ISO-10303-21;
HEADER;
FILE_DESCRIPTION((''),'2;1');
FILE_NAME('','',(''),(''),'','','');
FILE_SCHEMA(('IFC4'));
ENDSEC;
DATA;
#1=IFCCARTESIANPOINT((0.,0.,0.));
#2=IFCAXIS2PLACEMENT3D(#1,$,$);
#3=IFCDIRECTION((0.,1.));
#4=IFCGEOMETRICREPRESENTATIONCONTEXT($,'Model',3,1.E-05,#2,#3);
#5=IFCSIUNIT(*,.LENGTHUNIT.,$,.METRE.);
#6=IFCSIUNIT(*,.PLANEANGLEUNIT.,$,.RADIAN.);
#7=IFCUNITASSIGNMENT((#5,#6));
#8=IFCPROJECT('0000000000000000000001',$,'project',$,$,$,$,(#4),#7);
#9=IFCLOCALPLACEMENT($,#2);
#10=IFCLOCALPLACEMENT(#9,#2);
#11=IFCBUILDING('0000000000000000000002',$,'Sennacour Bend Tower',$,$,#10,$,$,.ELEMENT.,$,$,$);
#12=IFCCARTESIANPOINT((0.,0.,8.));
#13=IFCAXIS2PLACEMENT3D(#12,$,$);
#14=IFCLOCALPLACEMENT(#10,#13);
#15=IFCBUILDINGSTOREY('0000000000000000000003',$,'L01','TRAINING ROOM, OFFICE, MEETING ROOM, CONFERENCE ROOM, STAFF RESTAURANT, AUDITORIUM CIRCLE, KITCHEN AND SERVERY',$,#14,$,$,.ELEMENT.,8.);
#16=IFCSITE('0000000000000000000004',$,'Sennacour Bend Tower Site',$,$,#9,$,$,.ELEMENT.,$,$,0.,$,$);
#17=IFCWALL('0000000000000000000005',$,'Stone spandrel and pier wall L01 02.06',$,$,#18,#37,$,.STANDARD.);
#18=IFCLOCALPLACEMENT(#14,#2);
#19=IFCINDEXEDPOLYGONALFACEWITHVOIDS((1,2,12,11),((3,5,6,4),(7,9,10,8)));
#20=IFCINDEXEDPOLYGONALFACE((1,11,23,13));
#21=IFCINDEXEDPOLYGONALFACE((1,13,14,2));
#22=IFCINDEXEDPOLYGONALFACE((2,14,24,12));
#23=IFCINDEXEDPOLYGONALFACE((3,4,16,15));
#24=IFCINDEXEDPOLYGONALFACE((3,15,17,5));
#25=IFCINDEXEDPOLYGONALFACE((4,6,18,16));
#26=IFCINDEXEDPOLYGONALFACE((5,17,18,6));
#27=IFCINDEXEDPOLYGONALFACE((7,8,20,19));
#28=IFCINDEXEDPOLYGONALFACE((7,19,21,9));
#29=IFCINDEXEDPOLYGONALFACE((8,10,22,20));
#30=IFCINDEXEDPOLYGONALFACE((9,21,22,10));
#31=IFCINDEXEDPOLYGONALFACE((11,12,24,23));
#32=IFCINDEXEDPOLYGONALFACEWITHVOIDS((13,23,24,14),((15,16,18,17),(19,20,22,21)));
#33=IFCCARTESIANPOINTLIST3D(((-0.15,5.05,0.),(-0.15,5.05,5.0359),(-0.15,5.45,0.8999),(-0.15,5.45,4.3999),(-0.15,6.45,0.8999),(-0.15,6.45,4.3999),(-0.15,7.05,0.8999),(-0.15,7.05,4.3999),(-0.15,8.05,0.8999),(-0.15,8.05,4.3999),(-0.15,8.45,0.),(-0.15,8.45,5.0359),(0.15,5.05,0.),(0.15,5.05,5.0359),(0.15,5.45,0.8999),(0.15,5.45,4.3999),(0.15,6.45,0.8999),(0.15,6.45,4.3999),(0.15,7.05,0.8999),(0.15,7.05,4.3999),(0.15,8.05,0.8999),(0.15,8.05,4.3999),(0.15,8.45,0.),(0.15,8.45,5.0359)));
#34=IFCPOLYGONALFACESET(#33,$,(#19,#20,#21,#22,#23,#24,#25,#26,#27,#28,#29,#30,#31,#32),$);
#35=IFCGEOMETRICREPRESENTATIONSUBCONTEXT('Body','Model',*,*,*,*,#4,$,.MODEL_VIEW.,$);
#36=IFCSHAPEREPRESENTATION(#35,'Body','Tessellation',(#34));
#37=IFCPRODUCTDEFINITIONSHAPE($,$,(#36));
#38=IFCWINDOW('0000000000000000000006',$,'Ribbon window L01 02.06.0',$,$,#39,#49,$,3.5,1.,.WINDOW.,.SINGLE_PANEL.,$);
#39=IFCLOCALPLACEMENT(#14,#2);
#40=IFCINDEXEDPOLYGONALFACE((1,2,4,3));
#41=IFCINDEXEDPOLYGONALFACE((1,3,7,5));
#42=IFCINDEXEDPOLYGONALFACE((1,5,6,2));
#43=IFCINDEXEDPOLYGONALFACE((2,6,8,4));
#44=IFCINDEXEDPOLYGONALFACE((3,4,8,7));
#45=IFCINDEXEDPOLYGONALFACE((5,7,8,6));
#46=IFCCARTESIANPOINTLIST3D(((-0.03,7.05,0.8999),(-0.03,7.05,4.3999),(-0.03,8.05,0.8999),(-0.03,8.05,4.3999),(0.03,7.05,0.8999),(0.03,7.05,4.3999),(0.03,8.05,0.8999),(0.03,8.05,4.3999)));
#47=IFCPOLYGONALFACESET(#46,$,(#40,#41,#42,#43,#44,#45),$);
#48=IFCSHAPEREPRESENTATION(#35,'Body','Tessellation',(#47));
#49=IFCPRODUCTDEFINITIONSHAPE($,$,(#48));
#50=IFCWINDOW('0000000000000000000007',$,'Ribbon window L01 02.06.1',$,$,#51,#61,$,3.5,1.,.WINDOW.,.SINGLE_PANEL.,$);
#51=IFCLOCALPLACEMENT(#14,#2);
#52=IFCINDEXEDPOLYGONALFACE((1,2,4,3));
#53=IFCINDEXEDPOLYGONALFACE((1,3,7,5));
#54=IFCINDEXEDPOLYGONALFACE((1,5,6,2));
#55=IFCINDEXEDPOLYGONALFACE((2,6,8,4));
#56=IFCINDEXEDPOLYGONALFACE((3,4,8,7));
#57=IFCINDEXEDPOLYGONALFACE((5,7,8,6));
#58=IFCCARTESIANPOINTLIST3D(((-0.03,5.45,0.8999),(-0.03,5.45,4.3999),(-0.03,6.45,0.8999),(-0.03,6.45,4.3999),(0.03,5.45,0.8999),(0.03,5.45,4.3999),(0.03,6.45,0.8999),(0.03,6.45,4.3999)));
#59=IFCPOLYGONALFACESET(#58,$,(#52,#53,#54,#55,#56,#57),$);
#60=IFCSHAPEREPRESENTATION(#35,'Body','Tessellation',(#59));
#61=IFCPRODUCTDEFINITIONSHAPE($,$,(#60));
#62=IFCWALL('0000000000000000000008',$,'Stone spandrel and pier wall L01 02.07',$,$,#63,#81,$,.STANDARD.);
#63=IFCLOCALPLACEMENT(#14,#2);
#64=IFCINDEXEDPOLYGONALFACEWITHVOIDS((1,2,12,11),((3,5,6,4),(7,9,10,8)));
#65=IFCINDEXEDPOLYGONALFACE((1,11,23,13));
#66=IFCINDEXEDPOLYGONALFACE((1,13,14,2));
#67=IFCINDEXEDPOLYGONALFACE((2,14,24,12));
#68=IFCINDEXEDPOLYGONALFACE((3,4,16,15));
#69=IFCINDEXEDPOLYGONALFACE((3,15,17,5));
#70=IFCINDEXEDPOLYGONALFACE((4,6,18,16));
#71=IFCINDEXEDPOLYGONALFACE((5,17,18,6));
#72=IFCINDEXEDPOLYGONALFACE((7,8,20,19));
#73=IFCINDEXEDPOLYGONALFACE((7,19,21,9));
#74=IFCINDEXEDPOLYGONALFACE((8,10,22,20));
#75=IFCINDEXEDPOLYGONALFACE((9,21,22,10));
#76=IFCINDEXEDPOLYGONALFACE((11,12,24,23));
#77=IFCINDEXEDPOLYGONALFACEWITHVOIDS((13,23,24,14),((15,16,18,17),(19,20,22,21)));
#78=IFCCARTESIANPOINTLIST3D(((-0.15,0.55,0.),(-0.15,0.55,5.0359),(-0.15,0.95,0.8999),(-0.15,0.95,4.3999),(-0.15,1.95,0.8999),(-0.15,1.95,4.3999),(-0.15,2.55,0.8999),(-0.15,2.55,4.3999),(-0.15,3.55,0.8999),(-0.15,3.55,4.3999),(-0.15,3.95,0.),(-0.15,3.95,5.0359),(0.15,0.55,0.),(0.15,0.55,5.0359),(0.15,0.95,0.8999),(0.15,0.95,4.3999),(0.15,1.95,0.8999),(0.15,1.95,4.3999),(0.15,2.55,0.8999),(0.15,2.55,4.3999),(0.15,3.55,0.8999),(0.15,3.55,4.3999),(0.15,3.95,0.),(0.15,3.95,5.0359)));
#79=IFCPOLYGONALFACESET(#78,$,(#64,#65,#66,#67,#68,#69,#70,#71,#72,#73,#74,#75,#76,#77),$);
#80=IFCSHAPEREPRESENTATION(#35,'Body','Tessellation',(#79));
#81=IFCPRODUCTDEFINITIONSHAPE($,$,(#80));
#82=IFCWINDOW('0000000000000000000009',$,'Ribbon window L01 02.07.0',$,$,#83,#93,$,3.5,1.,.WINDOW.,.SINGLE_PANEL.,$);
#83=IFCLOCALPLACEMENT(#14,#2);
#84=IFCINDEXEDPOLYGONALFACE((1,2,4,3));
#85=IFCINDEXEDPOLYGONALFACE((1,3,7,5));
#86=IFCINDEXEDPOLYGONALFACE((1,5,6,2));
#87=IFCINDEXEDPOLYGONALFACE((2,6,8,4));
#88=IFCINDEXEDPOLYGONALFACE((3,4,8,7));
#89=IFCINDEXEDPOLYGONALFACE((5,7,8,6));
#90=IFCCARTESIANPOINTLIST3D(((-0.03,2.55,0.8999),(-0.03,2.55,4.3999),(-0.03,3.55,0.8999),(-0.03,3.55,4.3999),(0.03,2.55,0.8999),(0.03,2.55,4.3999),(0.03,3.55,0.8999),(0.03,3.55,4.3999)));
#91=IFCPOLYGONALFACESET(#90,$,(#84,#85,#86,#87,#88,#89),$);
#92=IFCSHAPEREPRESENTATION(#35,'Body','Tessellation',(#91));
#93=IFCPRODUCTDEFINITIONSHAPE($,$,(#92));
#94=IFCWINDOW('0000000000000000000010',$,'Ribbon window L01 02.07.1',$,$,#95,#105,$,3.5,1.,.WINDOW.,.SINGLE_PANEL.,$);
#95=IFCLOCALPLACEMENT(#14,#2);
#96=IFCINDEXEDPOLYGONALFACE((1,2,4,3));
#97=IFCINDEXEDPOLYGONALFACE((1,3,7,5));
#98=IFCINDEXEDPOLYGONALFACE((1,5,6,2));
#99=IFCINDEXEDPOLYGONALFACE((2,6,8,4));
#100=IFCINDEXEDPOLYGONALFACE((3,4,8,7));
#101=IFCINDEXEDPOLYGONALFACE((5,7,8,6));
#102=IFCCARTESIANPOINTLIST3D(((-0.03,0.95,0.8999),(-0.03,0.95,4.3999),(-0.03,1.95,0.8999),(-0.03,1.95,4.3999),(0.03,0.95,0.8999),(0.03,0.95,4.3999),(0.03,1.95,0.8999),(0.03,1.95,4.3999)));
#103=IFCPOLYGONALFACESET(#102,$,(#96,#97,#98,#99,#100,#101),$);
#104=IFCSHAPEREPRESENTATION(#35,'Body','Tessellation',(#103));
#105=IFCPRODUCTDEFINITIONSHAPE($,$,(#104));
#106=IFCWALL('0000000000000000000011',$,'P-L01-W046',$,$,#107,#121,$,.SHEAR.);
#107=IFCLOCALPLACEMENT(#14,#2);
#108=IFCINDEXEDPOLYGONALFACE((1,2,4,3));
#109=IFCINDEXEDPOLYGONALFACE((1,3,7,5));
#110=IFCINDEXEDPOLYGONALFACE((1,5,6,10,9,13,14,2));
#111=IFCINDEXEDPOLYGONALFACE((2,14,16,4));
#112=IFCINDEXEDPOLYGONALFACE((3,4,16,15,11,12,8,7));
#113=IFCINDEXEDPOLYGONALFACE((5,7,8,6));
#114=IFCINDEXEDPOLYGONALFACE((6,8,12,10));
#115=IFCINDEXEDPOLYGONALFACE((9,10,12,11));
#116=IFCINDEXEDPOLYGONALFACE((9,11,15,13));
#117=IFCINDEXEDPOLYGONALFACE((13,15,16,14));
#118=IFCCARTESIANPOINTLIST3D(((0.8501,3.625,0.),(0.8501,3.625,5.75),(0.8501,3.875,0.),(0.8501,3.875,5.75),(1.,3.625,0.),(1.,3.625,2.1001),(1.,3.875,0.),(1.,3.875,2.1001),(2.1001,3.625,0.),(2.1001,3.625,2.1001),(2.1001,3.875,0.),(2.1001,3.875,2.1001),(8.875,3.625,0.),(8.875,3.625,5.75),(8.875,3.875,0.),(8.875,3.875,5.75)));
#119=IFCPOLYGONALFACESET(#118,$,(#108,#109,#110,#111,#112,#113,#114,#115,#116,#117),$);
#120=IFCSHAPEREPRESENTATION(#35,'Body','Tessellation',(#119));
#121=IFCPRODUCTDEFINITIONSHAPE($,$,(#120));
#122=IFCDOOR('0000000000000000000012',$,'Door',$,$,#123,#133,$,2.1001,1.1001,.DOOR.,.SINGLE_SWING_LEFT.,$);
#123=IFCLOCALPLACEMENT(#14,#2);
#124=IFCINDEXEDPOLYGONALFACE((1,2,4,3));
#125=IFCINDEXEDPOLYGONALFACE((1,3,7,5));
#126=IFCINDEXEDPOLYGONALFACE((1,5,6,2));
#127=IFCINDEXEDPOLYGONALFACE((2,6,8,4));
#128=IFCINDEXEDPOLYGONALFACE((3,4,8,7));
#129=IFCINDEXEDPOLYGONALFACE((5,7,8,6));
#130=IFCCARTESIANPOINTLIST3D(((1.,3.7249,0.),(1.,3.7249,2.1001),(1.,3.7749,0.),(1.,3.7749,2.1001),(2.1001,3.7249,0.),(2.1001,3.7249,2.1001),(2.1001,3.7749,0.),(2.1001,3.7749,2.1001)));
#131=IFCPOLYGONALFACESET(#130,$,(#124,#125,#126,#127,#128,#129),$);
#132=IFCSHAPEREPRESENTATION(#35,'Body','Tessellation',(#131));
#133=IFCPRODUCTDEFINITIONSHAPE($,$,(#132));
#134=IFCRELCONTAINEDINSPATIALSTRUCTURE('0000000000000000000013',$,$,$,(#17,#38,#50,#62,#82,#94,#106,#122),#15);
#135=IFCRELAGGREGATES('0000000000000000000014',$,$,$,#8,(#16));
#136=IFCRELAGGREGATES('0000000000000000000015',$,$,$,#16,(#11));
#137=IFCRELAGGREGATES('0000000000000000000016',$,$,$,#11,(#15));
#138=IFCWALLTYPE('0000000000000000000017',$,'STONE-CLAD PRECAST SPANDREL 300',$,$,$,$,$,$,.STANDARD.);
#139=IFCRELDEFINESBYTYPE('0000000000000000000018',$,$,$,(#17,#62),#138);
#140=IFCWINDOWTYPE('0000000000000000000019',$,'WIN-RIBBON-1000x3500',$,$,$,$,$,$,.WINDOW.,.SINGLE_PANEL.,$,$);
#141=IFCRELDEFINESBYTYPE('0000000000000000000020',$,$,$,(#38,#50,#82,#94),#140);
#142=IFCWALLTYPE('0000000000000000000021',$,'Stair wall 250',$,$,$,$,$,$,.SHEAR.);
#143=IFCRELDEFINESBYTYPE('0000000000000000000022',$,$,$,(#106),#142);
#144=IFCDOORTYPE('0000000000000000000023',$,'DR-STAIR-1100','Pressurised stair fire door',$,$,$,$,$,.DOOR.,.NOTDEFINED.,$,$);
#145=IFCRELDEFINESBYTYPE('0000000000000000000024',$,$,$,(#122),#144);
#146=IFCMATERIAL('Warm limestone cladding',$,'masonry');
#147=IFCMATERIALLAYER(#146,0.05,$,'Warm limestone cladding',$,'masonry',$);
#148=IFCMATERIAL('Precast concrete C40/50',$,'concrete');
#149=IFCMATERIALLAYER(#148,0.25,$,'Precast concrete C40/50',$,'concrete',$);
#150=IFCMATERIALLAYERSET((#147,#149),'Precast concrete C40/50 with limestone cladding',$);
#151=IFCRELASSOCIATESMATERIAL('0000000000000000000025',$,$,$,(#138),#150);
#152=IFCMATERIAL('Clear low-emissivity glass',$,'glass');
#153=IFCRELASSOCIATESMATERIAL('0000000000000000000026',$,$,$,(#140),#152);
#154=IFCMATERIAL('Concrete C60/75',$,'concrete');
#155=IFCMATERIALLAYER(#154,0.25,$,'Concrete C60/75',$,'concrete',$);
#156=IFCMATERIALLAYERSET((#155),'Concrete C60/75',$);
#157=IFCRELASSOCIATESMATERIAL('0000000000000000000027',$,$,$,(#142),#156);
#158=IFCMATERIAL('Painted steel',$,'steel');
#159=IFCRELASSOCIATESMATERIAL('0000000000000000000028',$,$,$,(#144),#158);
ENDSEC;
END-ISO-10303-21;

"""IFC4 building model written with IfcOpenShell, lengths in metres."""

from ifc_helpers import new_model, si_unit, direction, frame, frame_2d, origin, place, context, subcontext, project, spatial, rectangle, extrude, material, layer, layer_set, type_object, element, fill, save


model = new_model("IFC4")

# Units and contexts
model_context = context("Model", 3, precision=1e-05, world=origin(), true_north=direction((0.0, 1.0)))
body_context = subcontext(model_context, "Body", "Model", "MODEL_VIEW")
ifc_project = project(units=[si_unit("LENGTHUNIT", "METRE"), si_unit("PLANEANGLEUNIT", "RADIAN")], contexts=[model_context])

# Site, building, storey
site_placement = place(None, origin())
site = spatial("IfcSite", under=ifc_project, at=site_placement, Name="Sennacour Bend Tower Site", CompositionType="ELEMENT", RefElevation=0.0)
building_placement = place(site_placement, origin())
building = spatial("IfcBuilding", under=site, at=building_placement, Name="Sennacour Bend Tower", CompositionType="ELEMENT")
storey_placement = place(building_placement, frame((0.0, 0.0, 8.0)))
storey = spatial("IfcBuildingStorey", under=building, at=storey_placement, Name="L01", Description="TRAINING ROOM, OFFICE, MEETING ROOM, CONFERENCE ROOM, STAFF RESTAURANT, AUDITORIUM CIRCLE, KITCHEN AND SERVERY", CompositionType="ELEMENT", Elevation=8.0)

# Shared definitions
ifc_material_1 = material(Name="Painted steel", Category="steel")

# Walls, openings, windows
ifc_material_2 = material(Name="Warm limestone cladding", Category="masonry")
ifc_layer_1 = layer(ifc_material_2, 0.05, Name="Warm limestone cladding", Category="masonry")
ifc_material_3 = material(Name="Precast concrete C40/50", Category="concrete")
ifc_layer_2 = layer(ifc_material_3, 0.25, Name="Precast concrete C40/50", Category="concrete")
ifc_layer_set_1 = layer_set([ifc_layer_1, ifc_layer_2], Name="Precast concrete C40/50 with limestone cladding")
wall_type_1 = type_object("IfcWallType", Name="STONE-CLAD PRECAST SPANDREL 300", PredefinedType="STANDARD", material=ifc_layer_set_1)
wall_1_placement = place(storey_placement, frame((0.0, 8.45, 0.0), z_axis=(0.0, 0.0, 1.0), x_axis=(0.0, -1.0, 0.0)))
wall_1 = element("IfcWall", 1, at=wall_1_placement, inside=storey, type_object=wall_type_1, Name="Stone spandrel and pier wall L01 02.06", PredefinedType="STANDARD", context=body_context, shape_type="SweptSolid", body=[
    extrude(rectangle(XDim=3.3999, YDim=0.3, at=frame_2d((1.7, 0.0))), origin(), (0.0, 0.0, 1.0), 5.0359),
])
opening_1_placement = place(wall_1_placement, frame((0.3999, 0.0, 0.8999)))
opening_1 = element("IfcOpeningElement", 2, at=opening_1_placement, cuts=wall_1, PredefinedType="OPENING", context=body_context, shape_type="SweptSolid", body=[
    extrude(rectangle(XDim=1.0, YDim=3.5, at=frame_2d((0.5, 1.75))), frame((0.0, 0.1602, 0.0), z_axis=(0.0, -1.0, 0.0), x_axis=(1.0, 0.0, 0.0)), (0.0, 0.0, 1.0), 0.3201),
])
opening_2_placement = place(wall_1_placement, frame((2.0, 0.0, 0.8999)))
opening_2 = element("IfcOpeningElement", 3, at=opening_2_placement, cuts=wall_1, PredefinedType="OPENING", context=body_context, shape_type="SweptSolid", body=[
    extrude(rectangle(XDim=1.0, YDim=3.5, at=frame_2d((0.5, 1.75))), frame((0.0, 0.1602, 0.0), z_axis=(0.0, -1.0, 0.0), x_axis=(1.0, 0.0, 0.0)), (0.0, 0.0, 1.0), 0.3201),
])
ifc_material_4 = material(Name="Clear low-emissivity glass", Category="glass")
window_type = type_object("IfcWindowType", Name="WIN-RIBBON-1000x3500", PartitioningType="SINGLE_PANEL", PredefinedType="WINDOW", material=ifc_material_4)
window_1_placement = place(opening_1_placement, origin())
window_1 = element("IfcWindow", 4, at=window_1_placement, inside=storey, type_object=window_type, Name="Ribbon window L01 02.06.0", OverallHeight=3.5, OverallWidth=1.0, PartitioningType="SINGLE_PANEL", PredefinedType="WINDOW", context=body_context, shape_type="SweptSolid", body=[
    extrude(rectangle(XDim=1.0, YDim=3.5, at=frame_2d((0.5, 1.75))), frame((0.0, 0.03, 0.0), z_axis=(0.0, -1.0, 0.0), x_axis=(1.0, 0.0, 0.0)), (0.0, 0.0, 1.0), 0.0601),
])
fill(opening_1, window_1)
window_2_placement = place(opening_2_placement, origin())
window_2 = element("IfcWindow", 5, at=window_2_placement, inside=storey, type_object=window_type, Name="Ribbon window L01 02.06.1", OverallHeight=3.5, OverallWidth=1.0, PartitioningType="SINGLE_PANEL", PredefinedType="WINDOW", context=body_context, shape_type="SweptSolid", body=[
    extrude(rectangle(XDim=1.0, YDim=3.5, at=frame_2d((0.5, 1.75))), frame((0.0, 0.03, 0.0), z_axis=(0.0, -1.0, 0.0), x_axis=(1.0, 0.0, 0.0)), (0.0, 0.0, 1.0), 0.0601),
])
fill(opening_2, window_2)
wall_2_placement = place(storey_placement, frame((0.0, 3.95, 0.0), z_axis=(0.0, 0.0, 1.0), x_axis=(0.0, -1.0, 0.0)))
wall_2 = element("IfcWall", 6, at=wall_2_placement, inside=storey, type_object=wall_type_1, Name="Stone spandrel and pier wall L01 02.07", PredefinedType="STANDARD", context=body_context, shape_type="SweptSolid", body=[
    extrude(rectangle(XDim=3.3999, YDim=0.3, at=frame_2d((1.7, 0.0))), origin(), (0.0, 0.0, 1.0), 5.0359),
])
opening_3_placement = place(wall_2_placement, frame((0.3999, 0.0, 0.8999)))
opening_3 = element("IfcOpeningElement", 7, at=opening_3_placement, cuts=wall_2, PredefinedType="OPENING", context=body_context, shape_type="SweptSolid", body=[
    extrude(rectangle(XDim=1.0, YDim=3.5, at=frame_2d((0.5, 1.75))), frame((0.0, 0.1602, 0.0), z_axis=(0.0, -1.0, 0.0), x_axis=(1.0, 0.0, 0.0)), (0.0, 0.0, 1.0), 0.3201),
])
opening_4_placement = place(wall_2_placement, frame((2.0, 0.0, 0.8999)))
opening_4 = element("IfcOpeningElement", 8, at=opening_4_placement, cuts=wall_2, PredefinedType="OPENING", context=body_context, shape_type="SweptSolid", body=[
    extrude(rectangle(XDim=1.0, YDim=3.5, at=frame_2d((0.5, 1.75))), frame((0.0, 0.1602, 0.0), z_axis=(0.0, -1.0, 0.0), x_axis=(1.0, 0.0, 0.0)), (0.0, 0.0, 1.0), 0.3201),
])
window_3_placement = place(opening_3_placement, origin())
window_3 = element("IfcWindow", 9, at=window_3_placement, inside=storey, type_object=window_type, Name="Ribbon window L01 02.07.0", OverallHeight=3.5, OverallWidth=1.0, PartitioningType="SINGLE_PANEL", PredefinedType="WINDOW", context=body_context, shape_type="SweptSolid", body=[
    extrude(rectangle(XDim=1.0, YDim=3.5, at=frame_2d((0.5, 1.75))), frame((0.0, 0.03, 0.0), z_axis=(0.0, -1.0, 0.0), x_axis=(1.0, 0.0, 0.0)), (0.0, 0.0, 1.0), 0.0601),
])
fill(opening_3, window_3)
window_4_placement = place(opening_4_placement, origin())
window_4 = element("IfcWindow", 10, at=window_4_placement, inside=storey, type_object=window_type, Name="Ribbon window L01 02.07.1", OverallHeight=3.5, OverallWidth=1.0, PartitioningType="SINGLE_PANEL", PredefinedType="WINDOW", context=body_context, shape_type="SweptSolid", body=[
    extrude(rectangle(XDim=1.0, YDim=3.5, at=frame_2d((0.5, 1.75))), frame((0.0, 0.03, 0.0), z_axis=(0.0, -1.0, 0.0), x_axis=(1.0, 0.0, 0.0)), (0.0, 0.0, 1.0), 0.0601),
])
fill(opening_4, window_4)

# Wall, opening, door
ifc_material_5 = material(Name="Concrete C60/75", Category="concrete")
ifc_layer_3 = layer(ifc_material_5, 0.25, Name="Concrete C60/75", Category="concrete")
ifc_layer_set_2 = layer_set([ifc_layer_3], Name="Concrete C60/75")
wall_type_2 = type_object("IfcWallType", Name="Stair wall 250", PredefinedType="SHEAR", material=ifc_layer_set_2)
wall_3_placement = place(storey_placement, frame((0.8501, 3.75, 0.0), z_axis=(0.0, 0.0, 1.0), x_axis=(1.0, 0.0, 0.0)))
wall_3 = element("IfcWall", 11, at=wall_3_placement, inside=storey, type_object=wall_type_2, Name="P-L01-W046", PredefinedType="SHEAR", context=body_context, shape_type="SweptSolid", body=[
    extrude(rectangle(XDim=8.0249, YDim=0.25, at=frame_2d((4.0125, 0.0))), origin(), (0.0, 0.0, 1.0), 5.75),
])
opening_5_placement = place(wall_3_placement, frame((0.1499, 0.0, 0.0)))
opening_5 = element("IfcOpeningElement", 12, at=opening_5_placement, cuts=wall_3, PredefinedType="OPENING", context=body_context, shape_type="SweptSolid", body=[
    extrude(rectangle(XDim=1.1001, YDim=2.1001, at=frame_2d((0.55, 1.05))), frame((0.0, 0.135, 0.0), z_axis=(0.0, -1.0, 0.0), x_axis=(1.0, 0.0, 0.0)), (0.0, 0.0, 1.0), 0.27),
])
door_type_1 = type_object("IfcDoorType", Name="DR-STAIR-1100", Description="Pressurised stair fire door", OperationType="NOTDEFINED", PredefinedType="DOOR", material=ifc_material_1)
door_1_placement = place(opening_5_placement, origin())
door_1 = element("IfcDoor", 13, at=door_1_placement, inside=storey, type_object=door_type_1, Name="Door", OperationType="SINGLE_SWING_LEFT", OverallHeight=2.1001, OverallWidth=1.1001, PredefinedType="DOOR", context=body_context, shape_type="SweptSolid", body=[
    extrude(rectangle(XDim=1.1001, YDim=2.1001, at=frame_2d((0.55, 1.05))), frame((0.0, 0.0249, 0.0), z_axis=(0.0, -1.0, 0.0), x_axis=(1.0, 0.0, 0.0)), (0.0, 0.0, 1.0), 0.05),
])
fill(opening_5, door_1)

save(model, "model.ifc")
